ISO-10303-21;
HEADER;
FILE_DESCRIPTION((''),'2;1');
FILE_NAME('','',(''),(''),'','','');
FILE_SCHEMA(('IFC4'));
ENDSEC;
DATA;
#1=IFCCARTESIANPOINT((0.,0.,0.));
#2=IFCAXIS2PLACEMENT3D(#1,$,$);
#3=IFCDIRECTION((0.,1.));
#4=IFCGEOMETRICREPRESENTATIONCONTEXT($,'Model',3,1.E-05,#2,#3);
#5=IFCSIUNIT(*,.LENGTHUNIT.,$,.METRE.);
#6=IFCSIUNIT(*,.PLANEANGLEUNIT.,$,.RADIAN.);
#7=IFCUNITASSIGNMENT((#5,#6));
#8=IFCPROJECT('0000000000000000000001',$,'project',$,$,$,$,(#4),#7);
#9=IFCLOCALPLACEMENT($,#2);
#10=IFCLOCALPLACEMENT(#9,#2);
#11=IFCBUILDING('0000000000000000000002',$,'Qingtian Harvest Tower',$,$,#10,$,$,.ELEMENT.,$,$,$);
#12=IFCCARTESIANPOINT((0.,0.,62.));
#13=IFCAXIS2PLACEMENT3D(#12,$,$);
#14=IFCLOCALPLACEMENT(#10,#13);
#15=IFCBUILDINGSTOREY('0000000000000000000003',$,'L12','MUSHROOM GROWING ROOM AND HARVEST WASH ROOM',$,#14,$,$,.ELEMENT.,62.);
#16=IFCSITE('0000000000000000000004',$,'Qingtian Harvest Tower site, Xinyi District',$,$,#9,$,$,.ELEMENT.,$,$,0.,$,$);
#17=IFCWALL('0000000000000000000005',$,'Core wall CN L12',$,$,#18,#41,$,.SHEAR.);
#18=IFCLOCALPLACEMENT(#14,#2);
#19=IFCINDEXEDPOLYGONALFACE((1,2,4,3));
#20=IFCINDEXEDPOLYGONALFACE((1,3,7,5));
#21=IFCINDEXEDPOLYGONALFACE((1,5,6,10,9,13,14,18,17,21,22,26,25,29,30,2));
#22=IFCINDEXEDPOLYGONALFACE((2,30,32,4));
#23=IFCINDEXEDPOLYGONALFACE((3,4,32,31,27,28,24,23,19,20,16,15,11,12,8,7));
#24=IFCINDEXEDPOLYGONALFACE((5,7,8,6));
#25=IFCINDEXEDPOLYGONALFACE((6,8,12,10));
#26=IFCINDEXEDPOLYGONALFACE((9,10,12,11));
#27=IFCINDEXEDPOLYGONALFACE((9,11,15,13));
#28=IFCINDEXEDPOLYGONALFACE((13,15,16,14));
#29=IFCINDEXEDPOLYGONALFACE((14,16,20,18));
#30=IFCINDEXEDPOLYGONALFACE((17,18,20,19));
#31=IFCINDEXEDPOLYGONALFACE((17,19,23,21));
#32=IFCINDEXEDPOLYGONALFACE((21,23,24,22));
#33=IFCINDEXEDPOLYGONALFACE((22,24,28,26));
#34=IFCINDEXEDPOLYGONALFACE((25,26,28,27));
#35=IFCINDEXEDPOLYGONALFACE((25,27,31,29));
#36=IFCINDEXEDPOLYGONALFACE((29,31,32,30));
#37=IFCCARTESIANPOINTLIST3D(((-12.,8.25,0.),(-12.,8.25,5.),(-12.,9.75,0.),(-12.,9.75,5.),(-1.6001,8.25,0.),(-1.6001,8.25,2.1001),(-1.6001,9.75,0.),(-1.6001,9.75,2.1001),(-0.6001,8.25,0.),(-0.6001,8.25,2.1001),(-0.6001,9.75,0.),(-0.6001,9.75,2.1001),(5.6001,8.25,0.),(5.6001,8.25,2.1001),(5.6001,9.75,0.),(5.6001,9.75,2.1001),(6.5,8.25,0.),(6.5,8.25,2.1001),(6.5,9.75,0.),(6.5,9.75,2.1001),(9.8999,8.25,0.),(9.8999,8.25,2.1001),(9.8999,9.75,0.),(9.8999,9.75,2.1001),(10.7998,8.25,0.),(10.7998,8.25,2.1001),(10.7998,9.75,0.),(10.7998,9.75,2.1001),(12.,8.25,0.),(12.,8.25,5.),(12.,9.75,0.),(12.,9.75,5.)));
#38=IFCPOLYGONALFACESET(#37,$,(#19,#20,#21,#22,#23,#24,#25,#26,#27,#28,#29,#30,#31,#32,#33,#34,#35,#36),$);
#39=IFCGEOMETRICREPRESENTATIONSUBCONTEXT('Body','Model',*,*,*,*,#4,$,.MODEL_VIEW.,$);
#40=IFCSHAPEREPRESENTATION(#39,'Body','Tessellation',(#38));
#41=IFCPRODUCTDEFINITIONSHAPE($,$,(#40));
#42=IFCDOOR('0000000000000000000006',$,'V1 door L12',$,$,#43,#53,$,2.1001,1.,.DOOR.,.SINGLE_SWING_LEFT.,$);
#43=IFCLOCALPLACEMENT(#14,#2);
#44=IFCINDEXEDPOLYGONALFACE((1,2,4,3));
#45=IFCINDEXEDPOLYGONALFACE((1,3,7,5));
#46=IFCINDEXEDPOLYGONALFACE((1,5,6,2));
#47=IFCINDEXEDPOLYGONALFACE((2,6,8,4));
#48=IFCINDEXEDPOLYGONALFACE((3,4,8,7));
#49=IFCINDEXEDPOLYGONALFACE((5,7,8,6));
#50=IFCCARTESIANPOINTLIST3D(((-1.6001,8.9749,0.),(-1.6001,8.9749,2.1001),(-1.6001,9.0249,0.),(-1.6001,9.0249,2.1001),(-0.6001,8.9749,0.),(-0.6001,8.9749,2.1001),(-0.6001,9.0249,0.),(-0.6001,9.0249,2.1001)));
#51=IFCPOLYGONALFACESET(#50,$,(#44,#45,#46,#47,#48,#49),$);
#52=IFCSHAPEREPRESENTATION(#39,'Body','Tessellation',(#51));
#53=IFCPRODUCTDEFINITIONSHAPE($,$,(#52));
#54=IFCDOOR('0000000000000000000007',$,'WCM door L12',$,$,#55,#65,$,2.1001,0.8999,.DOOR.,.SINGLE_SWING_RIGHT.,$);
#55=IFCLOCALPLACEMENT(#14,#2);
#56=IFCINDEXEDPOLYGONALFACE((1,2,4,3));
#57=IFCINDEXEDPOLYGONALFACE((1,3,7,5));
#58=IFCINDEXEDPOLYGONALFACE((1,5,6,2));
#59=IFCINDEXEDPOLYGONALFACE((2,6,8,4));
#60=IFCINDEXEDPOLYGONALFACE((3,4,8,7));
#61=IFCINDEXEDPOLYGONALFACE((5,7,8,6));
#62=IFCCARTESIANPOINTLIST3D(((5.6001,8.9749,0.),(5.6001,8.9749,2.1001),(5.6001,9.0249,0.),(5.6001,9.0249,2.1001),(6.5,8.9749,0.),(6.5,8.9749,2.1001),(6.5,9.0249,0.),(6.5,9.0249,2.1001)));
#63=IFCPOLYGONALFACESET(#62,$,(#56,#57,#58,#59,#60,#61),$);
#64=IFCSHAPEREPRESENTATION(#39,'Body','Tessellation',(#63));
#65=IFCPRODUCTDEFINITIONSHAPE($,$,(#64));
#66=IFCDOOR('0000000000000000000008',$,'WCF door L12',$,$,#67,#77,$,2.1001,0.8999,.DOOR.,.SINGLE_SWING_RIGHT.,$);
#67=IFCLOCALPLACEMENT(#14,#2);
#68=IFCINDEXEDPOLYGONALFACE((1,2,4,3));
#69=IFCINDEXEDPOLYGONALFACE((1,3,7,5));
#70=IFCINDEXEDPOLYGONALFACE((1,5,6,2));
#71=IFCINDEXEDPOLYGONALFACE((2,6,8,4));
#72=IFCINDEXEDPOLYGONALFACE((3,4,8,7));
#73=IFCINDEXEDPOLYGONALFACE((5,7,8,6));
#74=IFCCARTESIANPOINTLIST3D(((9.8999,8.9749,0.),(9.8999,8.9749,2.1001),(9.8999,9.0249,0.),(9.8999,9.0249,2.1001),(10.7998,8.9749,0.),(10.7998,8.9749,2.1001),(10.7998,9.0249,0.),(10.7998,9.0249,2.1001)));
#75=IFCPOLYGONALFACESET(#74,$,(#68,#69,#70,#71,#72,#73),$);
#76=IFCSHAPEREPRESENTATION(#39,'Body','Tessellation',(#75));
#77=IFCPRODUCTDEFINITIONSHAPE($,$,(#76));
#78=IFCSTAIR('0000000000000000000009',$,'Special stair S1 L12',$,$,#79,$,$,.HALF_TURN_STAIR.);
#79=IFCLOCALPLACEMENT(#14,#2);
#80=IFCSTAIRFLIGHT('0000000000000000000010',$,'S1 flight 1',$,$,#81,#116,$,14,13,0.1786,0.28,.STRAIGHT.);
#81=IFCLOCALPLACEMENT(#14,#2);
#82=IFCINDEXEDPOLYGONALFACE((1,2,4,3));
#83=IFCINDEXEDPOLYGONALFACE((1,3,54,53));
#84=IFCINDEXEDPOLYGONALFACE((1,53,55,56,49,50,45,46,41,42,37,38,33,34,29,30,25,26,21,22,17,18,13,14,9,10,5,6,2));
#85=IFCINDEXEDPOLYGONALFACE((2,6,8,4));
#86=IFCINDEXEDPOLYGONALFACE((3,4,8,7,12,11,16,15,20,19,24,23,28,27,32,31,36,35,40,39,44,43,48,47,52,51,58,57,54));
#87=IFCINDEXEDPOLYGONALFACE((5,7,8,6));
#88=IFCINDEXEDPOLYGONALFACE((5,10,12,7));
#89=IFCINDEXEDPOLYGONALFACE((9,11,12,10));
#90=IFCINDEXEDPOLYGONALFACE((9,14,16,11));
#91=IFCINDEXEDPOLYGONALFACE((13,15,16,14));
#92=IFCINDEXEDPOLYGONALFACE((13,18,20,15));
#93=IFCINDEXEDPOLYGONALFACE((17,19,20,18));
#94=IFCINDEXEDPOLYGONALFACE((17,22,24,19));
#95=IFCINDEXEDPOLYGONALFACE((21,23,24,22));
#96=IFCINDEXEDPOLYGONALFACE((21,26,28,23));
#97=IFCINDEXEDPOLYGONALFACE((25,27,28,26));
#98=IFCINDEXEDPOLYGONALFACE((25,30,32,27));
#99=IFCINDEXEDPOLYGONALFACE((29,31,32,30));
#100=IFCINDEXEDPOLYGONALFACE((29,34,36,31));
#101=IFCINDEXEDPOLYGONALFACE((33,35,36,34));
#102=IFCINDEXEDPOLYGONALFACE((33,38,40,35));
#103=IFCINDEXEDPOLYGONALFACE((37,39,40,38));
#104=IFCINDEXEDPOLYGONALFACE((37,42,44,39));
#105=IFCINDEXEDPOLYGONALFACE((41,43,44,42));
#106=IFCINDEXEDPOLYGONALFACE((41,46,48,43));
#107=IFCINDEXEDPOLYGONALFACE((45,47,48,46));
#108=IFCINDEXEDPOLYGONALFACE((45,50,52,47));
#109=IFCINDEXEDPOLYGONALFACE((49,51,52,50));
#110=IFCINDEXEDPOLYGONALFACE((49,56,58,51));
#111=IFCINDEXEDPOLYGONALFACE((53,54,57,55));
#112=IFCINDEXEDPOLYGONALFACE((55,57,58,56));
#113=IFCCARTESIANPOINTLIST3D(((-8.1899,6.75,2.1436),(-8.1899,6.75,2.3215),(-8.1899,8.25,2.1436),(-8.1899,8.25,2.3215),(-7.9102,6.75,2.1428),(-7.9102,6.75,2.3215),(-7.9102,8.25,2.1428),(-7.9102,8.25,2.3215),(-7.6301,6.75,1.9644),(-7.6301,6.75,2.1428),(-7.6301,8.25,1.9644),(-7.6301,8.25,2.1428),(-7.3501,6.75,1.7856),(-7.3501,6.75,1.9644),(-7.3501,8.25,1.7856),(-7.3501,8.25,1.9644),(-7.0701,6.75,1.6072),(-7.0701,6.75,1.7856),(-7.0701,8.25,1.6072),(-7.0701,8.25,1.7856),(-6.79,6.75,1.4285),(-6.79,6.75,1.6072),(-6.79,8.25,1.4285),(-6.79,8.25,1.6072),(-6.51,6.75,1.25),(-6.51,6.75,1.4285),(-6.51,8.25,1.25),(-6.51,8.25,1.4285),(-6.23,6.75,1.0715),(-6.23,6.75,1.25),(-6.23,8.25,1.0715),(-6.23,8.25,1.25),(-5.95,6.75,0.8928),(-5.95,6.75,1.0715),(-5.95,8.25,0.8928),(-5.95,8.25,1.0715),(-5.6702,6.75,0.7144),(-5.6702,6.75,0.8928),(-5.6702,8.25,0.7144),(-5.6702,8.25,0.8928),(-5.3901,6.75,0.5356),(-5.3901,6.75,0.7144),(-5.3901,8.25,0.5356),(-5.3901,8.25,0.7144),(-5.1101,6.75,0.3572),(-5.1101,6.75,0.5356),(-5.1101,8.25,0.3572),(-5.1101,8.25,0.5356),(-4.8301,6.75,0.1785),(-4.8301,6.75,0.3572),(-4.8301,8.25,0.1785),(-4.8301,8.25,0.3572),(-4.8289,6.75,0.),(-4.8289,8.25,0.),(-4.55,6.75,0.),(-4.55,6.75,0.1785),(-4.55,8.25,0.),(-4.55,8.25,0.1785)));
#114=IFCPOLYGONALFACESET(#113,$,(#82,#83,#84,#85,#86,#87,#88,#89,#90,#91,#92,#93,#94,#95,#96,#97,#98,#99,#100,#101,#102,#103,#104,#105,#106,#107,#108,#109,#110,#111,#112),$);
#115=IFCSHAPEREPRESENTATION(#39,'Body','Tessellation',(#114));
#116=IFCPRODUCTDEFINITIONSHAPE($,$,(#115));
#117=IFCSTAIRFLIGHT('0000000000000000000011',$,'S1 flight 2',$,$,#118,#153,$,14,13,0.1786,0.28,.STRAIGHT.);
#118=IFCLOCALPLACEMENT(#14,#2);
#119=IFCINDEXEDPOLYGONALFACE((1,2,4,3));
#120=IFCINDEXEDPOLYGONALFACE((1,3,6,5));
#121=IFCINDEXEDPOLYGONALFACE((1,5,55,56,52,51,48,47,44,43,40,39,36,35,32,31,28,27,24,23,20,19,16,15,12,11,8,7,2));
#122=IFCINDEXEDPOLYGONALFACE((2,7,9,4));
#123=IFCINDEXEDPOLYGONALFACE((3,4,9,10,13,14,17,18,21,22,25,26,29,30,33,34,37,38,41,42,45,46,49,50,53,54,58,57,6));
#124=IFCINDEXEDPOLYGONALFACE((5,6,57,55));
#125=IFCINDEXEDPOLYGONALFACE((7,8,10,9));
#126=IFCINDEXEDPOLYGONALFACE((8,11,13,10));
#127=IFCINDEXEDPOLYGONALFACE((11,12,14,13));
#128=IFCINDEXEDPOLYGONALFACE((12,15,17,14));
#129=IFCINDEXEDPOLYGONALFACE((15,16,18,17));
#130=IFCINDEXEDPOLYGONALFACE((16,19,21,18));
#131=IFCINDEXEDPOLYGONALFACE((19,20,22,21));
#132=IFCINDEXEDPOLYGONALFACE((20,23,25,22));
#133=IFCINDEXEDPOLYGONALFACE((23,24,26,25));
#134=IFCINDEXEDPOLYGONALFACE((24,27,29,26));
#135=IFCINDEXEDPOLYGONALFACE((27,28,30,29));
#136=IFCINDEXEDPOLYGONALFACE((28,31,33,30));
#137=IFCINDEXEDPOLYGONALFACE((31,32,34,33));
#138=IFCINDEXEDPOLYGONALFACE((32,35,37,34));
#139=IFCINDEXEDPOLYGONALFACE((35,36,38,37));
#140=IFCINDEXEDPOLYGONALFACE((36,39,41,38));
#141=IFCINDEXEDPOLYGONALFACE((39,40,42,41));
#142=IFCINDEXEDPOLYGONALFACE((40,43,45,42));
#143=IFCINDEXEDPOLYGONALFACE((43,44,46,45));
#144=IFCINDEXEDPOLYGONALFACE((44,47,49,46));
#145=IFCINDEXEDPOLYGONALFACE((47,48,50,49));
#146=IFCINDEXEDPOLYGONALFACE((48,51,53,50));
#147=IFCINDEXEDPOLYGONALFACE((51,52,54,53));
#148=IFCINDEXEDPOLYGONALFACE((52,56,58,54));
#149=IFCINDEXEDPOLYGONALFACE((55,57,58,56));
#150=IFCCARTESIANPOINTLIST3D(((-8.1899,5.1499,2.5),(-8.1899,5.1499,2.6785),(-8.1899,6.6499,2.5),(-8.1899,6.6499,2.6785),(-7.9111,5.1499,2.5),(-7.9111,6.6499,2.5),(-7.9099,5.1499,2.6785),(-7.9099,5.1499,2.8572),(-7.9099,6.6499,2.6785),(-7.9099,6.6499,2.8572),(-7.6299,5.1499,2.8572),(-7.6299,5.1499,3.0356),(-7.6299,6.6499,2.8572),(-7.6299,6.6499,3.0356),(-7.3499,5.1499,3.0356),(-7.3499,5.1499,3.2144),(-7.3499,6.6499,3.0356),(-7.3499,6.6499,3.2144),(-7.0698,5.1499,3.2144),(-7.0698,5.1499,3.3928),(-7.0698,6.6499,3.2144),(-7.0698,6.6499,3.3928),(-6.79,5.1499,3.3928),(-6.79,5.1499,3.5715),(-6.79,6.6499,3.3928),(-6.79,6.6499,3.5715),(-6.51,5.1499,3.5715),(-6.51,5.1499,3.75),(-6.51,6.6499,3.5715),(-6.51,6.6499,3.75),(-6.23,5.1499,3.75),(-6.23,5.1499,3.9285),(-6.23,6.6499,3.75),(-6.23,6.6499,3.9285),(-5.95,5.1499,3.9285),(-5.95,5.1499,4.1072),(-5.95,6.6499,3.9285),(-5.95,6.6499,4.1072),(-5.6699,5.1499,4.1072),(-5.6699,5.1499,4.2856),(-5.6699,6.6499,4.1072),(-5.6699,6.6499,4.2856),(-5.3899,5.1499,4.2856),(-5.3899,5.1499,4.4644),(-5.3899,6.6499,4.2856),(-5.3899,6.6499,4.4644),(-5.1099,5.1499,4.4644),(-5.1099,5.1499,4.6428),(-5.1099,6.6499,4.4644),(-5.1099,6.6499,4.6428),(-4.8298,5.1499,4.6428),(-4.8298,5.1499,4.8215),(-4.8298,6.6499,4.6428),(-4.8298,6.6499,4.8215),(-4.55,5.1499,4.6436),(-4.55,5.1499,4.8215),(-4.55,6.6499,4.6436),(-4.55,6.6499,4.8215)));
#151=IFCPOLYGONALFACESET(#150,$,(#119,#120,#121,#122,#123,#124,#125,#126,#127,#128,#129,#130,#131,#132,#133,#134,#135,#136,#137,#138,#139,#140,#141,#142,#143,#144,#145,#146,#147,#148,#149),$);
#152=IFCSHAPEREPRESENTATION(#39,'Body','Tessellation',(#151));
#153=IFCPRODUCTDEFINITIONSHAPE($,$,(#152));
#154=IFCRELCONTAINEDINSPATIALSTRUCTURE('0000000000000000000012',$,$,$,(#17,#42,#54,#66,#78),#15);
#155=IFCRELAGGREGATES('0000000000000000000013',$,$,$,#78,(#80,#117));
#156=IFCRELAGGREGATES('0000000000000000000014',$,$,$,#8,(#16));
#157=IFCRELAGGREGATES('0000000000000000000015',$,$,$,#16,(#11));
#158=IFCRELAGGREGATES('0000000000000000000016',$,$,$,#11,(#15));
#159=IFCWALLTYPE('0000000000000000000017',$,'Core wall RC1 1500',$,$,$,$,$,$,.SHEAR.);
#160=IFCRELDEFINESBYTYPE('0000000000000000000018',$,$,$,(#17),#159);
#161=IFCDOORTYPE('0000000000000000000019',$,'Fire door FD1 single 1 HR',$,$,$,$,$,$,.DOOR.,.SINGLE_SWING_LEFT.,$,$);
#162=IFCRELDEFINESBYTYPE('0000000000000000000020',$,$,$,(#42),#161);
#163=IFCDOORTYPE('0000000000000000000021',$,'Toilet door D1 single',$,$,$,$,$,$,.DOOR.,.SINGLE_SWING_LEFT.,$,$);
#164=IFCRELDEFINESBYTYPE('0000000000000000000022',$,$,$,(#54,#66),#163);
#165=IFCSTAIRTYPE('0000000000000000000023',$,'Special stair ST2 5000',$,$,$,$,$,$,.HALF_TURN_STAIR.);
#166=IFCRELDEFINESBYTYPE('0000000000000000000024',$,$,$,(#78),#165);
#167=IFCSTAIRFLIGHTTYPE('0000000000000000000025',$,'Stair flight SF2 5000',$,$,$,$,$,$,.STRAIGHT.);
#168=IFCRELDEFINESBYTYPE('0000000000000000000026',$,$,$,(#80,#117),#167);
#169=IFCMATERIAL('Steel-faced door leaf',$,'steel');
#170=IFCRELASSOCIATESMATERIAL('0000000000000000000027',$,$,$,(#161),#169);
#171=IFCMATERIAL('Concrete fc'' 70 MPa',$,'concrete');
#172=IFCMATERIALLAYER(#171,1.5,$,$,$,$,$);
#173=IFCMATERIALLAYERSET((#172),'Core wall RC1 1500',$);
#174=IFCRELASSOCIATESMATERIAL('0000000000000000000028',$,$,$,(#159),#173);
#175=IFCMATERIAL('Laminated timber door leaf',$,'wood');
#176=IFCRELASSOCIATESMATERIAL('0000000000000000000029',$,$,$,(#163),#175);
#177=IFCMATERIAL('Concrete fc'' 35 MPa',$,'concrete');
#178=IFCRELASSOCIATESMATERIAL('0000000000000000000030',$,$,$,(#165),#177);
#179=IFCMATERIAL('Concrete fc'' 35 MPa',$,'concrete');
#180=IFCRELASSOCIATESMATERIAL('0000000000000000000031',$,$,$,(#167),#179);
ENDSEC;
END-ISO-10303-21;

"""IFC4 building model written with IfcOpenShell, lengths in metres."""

from ifc_helpers import new_model, si_unit, direction, frame, frame_2d, origin, place, context, subcontext, project, spatial, polyline, rectangle, outline, extrude, material, layer, layer_set, type_object, element, fill, aggregate, save


model = new_model("IFC4")

# Units and contexts
model_context = context("Model", 3, precision=1e-05, world=origin(), true_north=direction((0.0, 1.0)))
body_context = subcontext(model_context, "Body", "Model", "MODEL_VIEW")
ifc_project = project(units=[si_unit("LENGTHUNIT", "METRE"), si_unit("PLANEANGLEUNIT", "RADIAN")], contexts=[model_context])

# Site, building, storey
site_placement = place(None, origin())
site = spatial("IfcSite", under=ifc_project, at=site_placement, Name="Qingtian Harvest Tower site, Xinyi District", CompositionType="ELEMENT", RefElevation=0.0)
building_placement = place(site_placement, origin())
building = spatial("IfcBuilding", under=site, at=building_placement, Name="Qingtian Harvest Tower", CompositionType="ELEMENT")
storey_placement = place(building_placement, frame((0.0, 0.0, 62.0)))
storey = spatial("IfcBuildingStorey", under=building, at=storey_placement, Name="L12", Description="MUSHROOM GROWING ROOM AND HARVEST WASH ROOM", CompositionType="ELEMENT", Elevation=62.0)

# Shared definitions
ifc_material_1 = material(Name="Steel-faced door leaf", Category="steel")
door_type_1 = type_object("IfcDoorType", Name="Fire door FD1 single 1 HR", OperationType="SINGLE_SWING_LEFT", PredefinedType="DOOR", material=ifc_material_1)

# Wall, openings, doors
ifc_material_2 = material(Name="Concrete fc' 70 MPa", Category="concrete")
ifc_layer_1 = layer(ifc_material_2, 1.5)
ifc_layer_set_1 = layer_set([ifc_layer_1], Name="Core wall RC1 1500")
wall_type_1 = type_object("IfcWallType", Name="Core wall RC1 1500", PredefinedType="SHEAR", material=ifc_layer_set_1)
wall_1_placement = place(storey_placement, frame((-12.0, 9.0, 0.0), z_axis=(0.0, 0.0, 1.0), x_axis=(1.0, 0.0, 0.0)))
wall_1 = element("IfcWall", 1, at=wall_1_placement, inside=storey, type_object=wall_type_1, Name="Core wall CN L12", PredefinedType="SHEAR", context=body_context, shape_type="SweptSolid", body=[
    extrude(rectangle(XDim=24.0, YDim=1.5, at=frame_2d((12.0, 0.0))), origin(), (0.0, 0.0, 1.0), 5.0),
])
opening_1_placement = place(wall_1_placement, frame((10.3999, 0.0, 0.0)))
opening_1 = element("IfcOpeningElement", 2, at=opening_1_placement, cuts=wall_1, PredefinedType="OPENING", context=body_context, shape_type="SweptSolid", body=[
    extrude(rectangle(XDim=1.0, YDim=2.1001, at=frame_2d((0.5, 1.05))), frame((0.0, 0.76, 0.0), z_axis=(0.0, -1.0, 0.0), x_axis=(1.0, 0.0, 0.0)), (0.0, 0.0, 1.0), 1.52),
])
opening_2_placement = place(wall_1_placement, frame((17.6001, 0.0, 0.0)))
opening_2 = element("IfcOpeningElement", 3, at=opening_2_placement, cuts=wall_1, PredefinedType="OPENING", context=body_context, shape_type="SweptSolid", body=[
    extrude(rectangle(XDim=0.8999, YDim=2.1001, at=frame_2d((0.45, 1.05))), frame((0.0, 0.76, 0.0), z_axis=(0.0, -1.0, 0.0), x_axis=(1.0, 0.0, 0.0)), (0.0, 0.0, 1.0), 1.52),
])
opening_3_placement = place(wall_1_placement, frame((21.8999, 0.0, 0.0)))
opening_3 = element("IfcOpeningElement", 4, at=opening_3_placement, cuts=wall_1, PredefinedType="OPENING", context=body_context, shape_type="SweptSolid", body=[
    extrude(rectangle(XDim=0.8999, YDim=2.1001, at=frame_2d((0.45, 1.05))), frame((0.0, 0.76, 0.0), z_axis=(0.0, -1.0, 0.0), x_axis=(1.0, 0.0, 0.0)), (0.0, 0.0, 1.0), 1.52),
])
door_1_placement = place(opening_1_placement, origin())
door_1 = element("IfcDoor", 5, at=door_1_placement, inside=storey, type_object=door_type_1, Name="V1 door L12", OperationType="SINGLE_SWING_LEFT", OverallHeight=2.1001, OverallWidth=1.0, PredefinedType="DOOR", context=body_context, shape_type="SweptSolid", body=[
    extrude(rectangle(XDim=1.0, YDim=2.1001, at=frame_2d((0.5, 1.05))), frame((0.0, 0.0249, 0.0), z_axis=(0.0, -1.0, 0.0), x_axis=(1.0, 0.0, 0.0)), (0.0, 0.0, 1.0), 0.05),
])
fill(opening_1, door_1)
ifc_material_3 = material(Name="Laminated timber door leaf", Category="wood")
door_type_2 = type_object("IfcDoorType", Name="Toilet door D1 single", OperationType="SINGLE_SWING_LEFT", PredefinedType="DOOR", material=ifc_material_3)
door_2_placement = place(opening_2_placement, origin())
door_2 = element("IfcDoor", 6, at=door_2_placement, inside=storey, type_object=door_type_2, Name="WCM door L12", OperationType="SINGLE_SWING_RIGHT", OverallHeight=2.1001, OverallWidth=0.8999, PredefinedType="DOOR", context=body_context, shape_type="SweptSolid", body=[
    extrude(rectangle(XDim=0.8999, YDim=2.1001, at=frame_2d((0.45, 1.05))), frame((0.0, 0.0249, 0.0), z_axis=(0.0, -1.0, 0.0), x_axis=(1.0, 0.0, 0.0)), (0.0, 0.0, 1.0), 0.05),
])
fill(opening_2, door_2)
door_3_placement = place(opening_3_placement, origin())
door_3 = element("IfcDoor", 7, at=door_3_placement, inside=storey, type_object=door_type_2, Name="WCF door L12", OperationType="SINGLE_SWING_RIGHT", OverallHeight=2.1001, OverallWidth=0.8999, PredefinedType="DOOR", context=body_context, shape_type="SweptSolid", body=[
    extrude(rectangle(XDim=0.8999, YDim=2.1001, at=frame_2d((0.45, 1.05))), frame((0.0, 0.0249, 0.0), z_axis=(0.0, -1.0, 0.0), x_axis=(1.0, 0.0, 0.0)), (0.0, 0.0, 1.0), 0.05),
])
fill(opening_3, door_3)

# Stair, stair flights
ifc_material_4 = material(Name="Concrete fc' 35 MPa", Category="concrete")
stair_type = type_object("IfcStairType", Name="Special stair ST2 5000", PredefinedType="HALF_TURN_STAIR", material=ifc_material_4)
stair_placement = place(storey_placement, origin())
stair = element("IfcStair", 8, at=stair_placement, inside=storey, type_object=stair_type, Name="Special stair S1 L12", PredefinedType="HALF_TURN_STAIR")
ifc_material_5 = material(Name="Concrete fc' 35 MPa", Category="concrete")
stair_flight_type = type_object("IfcStairFlightType", Name="Stair flight SF2 5000", PredefinedType="STRAIGHT", material=ifc_material_5)
stair_flight_1_placement = place(storey_placement, frame((-4.55, 7.5, 0.0), z_axis=(0.0, 0.0, 1.0), x_axis=(-1.0, 0.0, 0.0)))
stair_flight_1 = element("IfcStairFlight", 9, at=stair_flight_1_placement, type_object=stair_flight_type, Name="S1 flight 1", NumberOfRisers=14, NumberOfTreads=13, PredefinedType="STRAIGHT", RiserHeight=0.1786, TreadLength=0.28, context=body_context, shape_type="SweptSolid", body=[
    extrude(outline(polyline([(0.0, 0.0), (0.0, 0.1785), (0.28, 0.1785), (0.28, 0.3572), (0.5601, 0.3572), (0.5601, 0.5356), (0.8401, 0.5356), (0.8401, 0.7144), (1.1201, 0.7144), (1.1201, 0.8928), (1.3999, 0.8928), (1.3999, 1.0715), (1.6799, 1.0715), (1.6799, 1.25), (1.96, 1.25), (1.96, 1.4285), (2.24, 1.4285), (2.24, 1.6072), (2.52, 1.6072), (2.52, 1.7856), (2.8, 1.7856), (2.8, 1.9644), (3.0801, 1.9644), (3.0801, 2.1428), (3.3601, 2.1428), (3.3601, 2.3215), (3.6399, 2.3215), (3.6399, 2.5), (3.6399, 2.1436), (0.2788, 0.0), (0.0, 0.0)])), frame((0.0, 0.75, 0.0), z_axis=(0.0, -1.0, 0.0), x_axis=(1.0, 0.0, 0.0)), (0.0, 0.0, 1.0), 1.5),
])
stair_flight_2_placement = place(storey_placement, frame((-8.1899, 5.8999, 2.5), z_axis=(0.0, 0.0, 1.0), x_axis=(1.0, 0.0, 0.0)))
stair_flight_2 = element("IfcStairFlight", 10, at=stair_flight_2_placement, type_object=stair_flight_type, Name="S1 flight 2", NumberOfRisers=14, NumberOfTreads=13, PredefinedType="STRAIGHT", RiserHeight=0.1786, TreadLength=0.28, context=body_context, shape_type="SweptSolid", body=[
    extrude(outline(polyline([(0.0, 0.0), (0.0, 0.1785), (0.28, 0.1785), (0.28, 0.3572), (0.5601, 0.3572), (0.5601, 0.5356), (0.8401, 0.5356), (0.8401, 0.7144), (1.1201, 0.7144), (1.1201, 0.8928), (1.3999, 0.8928), (1.3999, 1.0715), (1.6799, 1.0715), (1.6799, 1.25), (1.96, 1.25), (1.96, 1.4285), (2.24, 1.4285), (2.24, 1.6072), (2.52, 1.6072), (2.52, 1.7856), (2.8, 1.7856), (2.8, 1.9644), (3.0801, 1.9644), (3.0801, 2.1428), (3.3601, 2.1428), (3.3601, 2.3215), (3.6399, 2.3215), (3.6399, 2.5), (3.6399, 2.1436), (0.2788, 0.0), (0.0, 0.0)])), frame((0.0, 0.75, 0.0), z_axis=(0.0, -1.0, 0.0), x_axis=(1.0, 0.0, 0.0)), (0.0, 0.0, 1.0), 1.5),
])
aggregate(stair, [stair_flight_1, stair_flight_2])

save(model, "model.ifc")
